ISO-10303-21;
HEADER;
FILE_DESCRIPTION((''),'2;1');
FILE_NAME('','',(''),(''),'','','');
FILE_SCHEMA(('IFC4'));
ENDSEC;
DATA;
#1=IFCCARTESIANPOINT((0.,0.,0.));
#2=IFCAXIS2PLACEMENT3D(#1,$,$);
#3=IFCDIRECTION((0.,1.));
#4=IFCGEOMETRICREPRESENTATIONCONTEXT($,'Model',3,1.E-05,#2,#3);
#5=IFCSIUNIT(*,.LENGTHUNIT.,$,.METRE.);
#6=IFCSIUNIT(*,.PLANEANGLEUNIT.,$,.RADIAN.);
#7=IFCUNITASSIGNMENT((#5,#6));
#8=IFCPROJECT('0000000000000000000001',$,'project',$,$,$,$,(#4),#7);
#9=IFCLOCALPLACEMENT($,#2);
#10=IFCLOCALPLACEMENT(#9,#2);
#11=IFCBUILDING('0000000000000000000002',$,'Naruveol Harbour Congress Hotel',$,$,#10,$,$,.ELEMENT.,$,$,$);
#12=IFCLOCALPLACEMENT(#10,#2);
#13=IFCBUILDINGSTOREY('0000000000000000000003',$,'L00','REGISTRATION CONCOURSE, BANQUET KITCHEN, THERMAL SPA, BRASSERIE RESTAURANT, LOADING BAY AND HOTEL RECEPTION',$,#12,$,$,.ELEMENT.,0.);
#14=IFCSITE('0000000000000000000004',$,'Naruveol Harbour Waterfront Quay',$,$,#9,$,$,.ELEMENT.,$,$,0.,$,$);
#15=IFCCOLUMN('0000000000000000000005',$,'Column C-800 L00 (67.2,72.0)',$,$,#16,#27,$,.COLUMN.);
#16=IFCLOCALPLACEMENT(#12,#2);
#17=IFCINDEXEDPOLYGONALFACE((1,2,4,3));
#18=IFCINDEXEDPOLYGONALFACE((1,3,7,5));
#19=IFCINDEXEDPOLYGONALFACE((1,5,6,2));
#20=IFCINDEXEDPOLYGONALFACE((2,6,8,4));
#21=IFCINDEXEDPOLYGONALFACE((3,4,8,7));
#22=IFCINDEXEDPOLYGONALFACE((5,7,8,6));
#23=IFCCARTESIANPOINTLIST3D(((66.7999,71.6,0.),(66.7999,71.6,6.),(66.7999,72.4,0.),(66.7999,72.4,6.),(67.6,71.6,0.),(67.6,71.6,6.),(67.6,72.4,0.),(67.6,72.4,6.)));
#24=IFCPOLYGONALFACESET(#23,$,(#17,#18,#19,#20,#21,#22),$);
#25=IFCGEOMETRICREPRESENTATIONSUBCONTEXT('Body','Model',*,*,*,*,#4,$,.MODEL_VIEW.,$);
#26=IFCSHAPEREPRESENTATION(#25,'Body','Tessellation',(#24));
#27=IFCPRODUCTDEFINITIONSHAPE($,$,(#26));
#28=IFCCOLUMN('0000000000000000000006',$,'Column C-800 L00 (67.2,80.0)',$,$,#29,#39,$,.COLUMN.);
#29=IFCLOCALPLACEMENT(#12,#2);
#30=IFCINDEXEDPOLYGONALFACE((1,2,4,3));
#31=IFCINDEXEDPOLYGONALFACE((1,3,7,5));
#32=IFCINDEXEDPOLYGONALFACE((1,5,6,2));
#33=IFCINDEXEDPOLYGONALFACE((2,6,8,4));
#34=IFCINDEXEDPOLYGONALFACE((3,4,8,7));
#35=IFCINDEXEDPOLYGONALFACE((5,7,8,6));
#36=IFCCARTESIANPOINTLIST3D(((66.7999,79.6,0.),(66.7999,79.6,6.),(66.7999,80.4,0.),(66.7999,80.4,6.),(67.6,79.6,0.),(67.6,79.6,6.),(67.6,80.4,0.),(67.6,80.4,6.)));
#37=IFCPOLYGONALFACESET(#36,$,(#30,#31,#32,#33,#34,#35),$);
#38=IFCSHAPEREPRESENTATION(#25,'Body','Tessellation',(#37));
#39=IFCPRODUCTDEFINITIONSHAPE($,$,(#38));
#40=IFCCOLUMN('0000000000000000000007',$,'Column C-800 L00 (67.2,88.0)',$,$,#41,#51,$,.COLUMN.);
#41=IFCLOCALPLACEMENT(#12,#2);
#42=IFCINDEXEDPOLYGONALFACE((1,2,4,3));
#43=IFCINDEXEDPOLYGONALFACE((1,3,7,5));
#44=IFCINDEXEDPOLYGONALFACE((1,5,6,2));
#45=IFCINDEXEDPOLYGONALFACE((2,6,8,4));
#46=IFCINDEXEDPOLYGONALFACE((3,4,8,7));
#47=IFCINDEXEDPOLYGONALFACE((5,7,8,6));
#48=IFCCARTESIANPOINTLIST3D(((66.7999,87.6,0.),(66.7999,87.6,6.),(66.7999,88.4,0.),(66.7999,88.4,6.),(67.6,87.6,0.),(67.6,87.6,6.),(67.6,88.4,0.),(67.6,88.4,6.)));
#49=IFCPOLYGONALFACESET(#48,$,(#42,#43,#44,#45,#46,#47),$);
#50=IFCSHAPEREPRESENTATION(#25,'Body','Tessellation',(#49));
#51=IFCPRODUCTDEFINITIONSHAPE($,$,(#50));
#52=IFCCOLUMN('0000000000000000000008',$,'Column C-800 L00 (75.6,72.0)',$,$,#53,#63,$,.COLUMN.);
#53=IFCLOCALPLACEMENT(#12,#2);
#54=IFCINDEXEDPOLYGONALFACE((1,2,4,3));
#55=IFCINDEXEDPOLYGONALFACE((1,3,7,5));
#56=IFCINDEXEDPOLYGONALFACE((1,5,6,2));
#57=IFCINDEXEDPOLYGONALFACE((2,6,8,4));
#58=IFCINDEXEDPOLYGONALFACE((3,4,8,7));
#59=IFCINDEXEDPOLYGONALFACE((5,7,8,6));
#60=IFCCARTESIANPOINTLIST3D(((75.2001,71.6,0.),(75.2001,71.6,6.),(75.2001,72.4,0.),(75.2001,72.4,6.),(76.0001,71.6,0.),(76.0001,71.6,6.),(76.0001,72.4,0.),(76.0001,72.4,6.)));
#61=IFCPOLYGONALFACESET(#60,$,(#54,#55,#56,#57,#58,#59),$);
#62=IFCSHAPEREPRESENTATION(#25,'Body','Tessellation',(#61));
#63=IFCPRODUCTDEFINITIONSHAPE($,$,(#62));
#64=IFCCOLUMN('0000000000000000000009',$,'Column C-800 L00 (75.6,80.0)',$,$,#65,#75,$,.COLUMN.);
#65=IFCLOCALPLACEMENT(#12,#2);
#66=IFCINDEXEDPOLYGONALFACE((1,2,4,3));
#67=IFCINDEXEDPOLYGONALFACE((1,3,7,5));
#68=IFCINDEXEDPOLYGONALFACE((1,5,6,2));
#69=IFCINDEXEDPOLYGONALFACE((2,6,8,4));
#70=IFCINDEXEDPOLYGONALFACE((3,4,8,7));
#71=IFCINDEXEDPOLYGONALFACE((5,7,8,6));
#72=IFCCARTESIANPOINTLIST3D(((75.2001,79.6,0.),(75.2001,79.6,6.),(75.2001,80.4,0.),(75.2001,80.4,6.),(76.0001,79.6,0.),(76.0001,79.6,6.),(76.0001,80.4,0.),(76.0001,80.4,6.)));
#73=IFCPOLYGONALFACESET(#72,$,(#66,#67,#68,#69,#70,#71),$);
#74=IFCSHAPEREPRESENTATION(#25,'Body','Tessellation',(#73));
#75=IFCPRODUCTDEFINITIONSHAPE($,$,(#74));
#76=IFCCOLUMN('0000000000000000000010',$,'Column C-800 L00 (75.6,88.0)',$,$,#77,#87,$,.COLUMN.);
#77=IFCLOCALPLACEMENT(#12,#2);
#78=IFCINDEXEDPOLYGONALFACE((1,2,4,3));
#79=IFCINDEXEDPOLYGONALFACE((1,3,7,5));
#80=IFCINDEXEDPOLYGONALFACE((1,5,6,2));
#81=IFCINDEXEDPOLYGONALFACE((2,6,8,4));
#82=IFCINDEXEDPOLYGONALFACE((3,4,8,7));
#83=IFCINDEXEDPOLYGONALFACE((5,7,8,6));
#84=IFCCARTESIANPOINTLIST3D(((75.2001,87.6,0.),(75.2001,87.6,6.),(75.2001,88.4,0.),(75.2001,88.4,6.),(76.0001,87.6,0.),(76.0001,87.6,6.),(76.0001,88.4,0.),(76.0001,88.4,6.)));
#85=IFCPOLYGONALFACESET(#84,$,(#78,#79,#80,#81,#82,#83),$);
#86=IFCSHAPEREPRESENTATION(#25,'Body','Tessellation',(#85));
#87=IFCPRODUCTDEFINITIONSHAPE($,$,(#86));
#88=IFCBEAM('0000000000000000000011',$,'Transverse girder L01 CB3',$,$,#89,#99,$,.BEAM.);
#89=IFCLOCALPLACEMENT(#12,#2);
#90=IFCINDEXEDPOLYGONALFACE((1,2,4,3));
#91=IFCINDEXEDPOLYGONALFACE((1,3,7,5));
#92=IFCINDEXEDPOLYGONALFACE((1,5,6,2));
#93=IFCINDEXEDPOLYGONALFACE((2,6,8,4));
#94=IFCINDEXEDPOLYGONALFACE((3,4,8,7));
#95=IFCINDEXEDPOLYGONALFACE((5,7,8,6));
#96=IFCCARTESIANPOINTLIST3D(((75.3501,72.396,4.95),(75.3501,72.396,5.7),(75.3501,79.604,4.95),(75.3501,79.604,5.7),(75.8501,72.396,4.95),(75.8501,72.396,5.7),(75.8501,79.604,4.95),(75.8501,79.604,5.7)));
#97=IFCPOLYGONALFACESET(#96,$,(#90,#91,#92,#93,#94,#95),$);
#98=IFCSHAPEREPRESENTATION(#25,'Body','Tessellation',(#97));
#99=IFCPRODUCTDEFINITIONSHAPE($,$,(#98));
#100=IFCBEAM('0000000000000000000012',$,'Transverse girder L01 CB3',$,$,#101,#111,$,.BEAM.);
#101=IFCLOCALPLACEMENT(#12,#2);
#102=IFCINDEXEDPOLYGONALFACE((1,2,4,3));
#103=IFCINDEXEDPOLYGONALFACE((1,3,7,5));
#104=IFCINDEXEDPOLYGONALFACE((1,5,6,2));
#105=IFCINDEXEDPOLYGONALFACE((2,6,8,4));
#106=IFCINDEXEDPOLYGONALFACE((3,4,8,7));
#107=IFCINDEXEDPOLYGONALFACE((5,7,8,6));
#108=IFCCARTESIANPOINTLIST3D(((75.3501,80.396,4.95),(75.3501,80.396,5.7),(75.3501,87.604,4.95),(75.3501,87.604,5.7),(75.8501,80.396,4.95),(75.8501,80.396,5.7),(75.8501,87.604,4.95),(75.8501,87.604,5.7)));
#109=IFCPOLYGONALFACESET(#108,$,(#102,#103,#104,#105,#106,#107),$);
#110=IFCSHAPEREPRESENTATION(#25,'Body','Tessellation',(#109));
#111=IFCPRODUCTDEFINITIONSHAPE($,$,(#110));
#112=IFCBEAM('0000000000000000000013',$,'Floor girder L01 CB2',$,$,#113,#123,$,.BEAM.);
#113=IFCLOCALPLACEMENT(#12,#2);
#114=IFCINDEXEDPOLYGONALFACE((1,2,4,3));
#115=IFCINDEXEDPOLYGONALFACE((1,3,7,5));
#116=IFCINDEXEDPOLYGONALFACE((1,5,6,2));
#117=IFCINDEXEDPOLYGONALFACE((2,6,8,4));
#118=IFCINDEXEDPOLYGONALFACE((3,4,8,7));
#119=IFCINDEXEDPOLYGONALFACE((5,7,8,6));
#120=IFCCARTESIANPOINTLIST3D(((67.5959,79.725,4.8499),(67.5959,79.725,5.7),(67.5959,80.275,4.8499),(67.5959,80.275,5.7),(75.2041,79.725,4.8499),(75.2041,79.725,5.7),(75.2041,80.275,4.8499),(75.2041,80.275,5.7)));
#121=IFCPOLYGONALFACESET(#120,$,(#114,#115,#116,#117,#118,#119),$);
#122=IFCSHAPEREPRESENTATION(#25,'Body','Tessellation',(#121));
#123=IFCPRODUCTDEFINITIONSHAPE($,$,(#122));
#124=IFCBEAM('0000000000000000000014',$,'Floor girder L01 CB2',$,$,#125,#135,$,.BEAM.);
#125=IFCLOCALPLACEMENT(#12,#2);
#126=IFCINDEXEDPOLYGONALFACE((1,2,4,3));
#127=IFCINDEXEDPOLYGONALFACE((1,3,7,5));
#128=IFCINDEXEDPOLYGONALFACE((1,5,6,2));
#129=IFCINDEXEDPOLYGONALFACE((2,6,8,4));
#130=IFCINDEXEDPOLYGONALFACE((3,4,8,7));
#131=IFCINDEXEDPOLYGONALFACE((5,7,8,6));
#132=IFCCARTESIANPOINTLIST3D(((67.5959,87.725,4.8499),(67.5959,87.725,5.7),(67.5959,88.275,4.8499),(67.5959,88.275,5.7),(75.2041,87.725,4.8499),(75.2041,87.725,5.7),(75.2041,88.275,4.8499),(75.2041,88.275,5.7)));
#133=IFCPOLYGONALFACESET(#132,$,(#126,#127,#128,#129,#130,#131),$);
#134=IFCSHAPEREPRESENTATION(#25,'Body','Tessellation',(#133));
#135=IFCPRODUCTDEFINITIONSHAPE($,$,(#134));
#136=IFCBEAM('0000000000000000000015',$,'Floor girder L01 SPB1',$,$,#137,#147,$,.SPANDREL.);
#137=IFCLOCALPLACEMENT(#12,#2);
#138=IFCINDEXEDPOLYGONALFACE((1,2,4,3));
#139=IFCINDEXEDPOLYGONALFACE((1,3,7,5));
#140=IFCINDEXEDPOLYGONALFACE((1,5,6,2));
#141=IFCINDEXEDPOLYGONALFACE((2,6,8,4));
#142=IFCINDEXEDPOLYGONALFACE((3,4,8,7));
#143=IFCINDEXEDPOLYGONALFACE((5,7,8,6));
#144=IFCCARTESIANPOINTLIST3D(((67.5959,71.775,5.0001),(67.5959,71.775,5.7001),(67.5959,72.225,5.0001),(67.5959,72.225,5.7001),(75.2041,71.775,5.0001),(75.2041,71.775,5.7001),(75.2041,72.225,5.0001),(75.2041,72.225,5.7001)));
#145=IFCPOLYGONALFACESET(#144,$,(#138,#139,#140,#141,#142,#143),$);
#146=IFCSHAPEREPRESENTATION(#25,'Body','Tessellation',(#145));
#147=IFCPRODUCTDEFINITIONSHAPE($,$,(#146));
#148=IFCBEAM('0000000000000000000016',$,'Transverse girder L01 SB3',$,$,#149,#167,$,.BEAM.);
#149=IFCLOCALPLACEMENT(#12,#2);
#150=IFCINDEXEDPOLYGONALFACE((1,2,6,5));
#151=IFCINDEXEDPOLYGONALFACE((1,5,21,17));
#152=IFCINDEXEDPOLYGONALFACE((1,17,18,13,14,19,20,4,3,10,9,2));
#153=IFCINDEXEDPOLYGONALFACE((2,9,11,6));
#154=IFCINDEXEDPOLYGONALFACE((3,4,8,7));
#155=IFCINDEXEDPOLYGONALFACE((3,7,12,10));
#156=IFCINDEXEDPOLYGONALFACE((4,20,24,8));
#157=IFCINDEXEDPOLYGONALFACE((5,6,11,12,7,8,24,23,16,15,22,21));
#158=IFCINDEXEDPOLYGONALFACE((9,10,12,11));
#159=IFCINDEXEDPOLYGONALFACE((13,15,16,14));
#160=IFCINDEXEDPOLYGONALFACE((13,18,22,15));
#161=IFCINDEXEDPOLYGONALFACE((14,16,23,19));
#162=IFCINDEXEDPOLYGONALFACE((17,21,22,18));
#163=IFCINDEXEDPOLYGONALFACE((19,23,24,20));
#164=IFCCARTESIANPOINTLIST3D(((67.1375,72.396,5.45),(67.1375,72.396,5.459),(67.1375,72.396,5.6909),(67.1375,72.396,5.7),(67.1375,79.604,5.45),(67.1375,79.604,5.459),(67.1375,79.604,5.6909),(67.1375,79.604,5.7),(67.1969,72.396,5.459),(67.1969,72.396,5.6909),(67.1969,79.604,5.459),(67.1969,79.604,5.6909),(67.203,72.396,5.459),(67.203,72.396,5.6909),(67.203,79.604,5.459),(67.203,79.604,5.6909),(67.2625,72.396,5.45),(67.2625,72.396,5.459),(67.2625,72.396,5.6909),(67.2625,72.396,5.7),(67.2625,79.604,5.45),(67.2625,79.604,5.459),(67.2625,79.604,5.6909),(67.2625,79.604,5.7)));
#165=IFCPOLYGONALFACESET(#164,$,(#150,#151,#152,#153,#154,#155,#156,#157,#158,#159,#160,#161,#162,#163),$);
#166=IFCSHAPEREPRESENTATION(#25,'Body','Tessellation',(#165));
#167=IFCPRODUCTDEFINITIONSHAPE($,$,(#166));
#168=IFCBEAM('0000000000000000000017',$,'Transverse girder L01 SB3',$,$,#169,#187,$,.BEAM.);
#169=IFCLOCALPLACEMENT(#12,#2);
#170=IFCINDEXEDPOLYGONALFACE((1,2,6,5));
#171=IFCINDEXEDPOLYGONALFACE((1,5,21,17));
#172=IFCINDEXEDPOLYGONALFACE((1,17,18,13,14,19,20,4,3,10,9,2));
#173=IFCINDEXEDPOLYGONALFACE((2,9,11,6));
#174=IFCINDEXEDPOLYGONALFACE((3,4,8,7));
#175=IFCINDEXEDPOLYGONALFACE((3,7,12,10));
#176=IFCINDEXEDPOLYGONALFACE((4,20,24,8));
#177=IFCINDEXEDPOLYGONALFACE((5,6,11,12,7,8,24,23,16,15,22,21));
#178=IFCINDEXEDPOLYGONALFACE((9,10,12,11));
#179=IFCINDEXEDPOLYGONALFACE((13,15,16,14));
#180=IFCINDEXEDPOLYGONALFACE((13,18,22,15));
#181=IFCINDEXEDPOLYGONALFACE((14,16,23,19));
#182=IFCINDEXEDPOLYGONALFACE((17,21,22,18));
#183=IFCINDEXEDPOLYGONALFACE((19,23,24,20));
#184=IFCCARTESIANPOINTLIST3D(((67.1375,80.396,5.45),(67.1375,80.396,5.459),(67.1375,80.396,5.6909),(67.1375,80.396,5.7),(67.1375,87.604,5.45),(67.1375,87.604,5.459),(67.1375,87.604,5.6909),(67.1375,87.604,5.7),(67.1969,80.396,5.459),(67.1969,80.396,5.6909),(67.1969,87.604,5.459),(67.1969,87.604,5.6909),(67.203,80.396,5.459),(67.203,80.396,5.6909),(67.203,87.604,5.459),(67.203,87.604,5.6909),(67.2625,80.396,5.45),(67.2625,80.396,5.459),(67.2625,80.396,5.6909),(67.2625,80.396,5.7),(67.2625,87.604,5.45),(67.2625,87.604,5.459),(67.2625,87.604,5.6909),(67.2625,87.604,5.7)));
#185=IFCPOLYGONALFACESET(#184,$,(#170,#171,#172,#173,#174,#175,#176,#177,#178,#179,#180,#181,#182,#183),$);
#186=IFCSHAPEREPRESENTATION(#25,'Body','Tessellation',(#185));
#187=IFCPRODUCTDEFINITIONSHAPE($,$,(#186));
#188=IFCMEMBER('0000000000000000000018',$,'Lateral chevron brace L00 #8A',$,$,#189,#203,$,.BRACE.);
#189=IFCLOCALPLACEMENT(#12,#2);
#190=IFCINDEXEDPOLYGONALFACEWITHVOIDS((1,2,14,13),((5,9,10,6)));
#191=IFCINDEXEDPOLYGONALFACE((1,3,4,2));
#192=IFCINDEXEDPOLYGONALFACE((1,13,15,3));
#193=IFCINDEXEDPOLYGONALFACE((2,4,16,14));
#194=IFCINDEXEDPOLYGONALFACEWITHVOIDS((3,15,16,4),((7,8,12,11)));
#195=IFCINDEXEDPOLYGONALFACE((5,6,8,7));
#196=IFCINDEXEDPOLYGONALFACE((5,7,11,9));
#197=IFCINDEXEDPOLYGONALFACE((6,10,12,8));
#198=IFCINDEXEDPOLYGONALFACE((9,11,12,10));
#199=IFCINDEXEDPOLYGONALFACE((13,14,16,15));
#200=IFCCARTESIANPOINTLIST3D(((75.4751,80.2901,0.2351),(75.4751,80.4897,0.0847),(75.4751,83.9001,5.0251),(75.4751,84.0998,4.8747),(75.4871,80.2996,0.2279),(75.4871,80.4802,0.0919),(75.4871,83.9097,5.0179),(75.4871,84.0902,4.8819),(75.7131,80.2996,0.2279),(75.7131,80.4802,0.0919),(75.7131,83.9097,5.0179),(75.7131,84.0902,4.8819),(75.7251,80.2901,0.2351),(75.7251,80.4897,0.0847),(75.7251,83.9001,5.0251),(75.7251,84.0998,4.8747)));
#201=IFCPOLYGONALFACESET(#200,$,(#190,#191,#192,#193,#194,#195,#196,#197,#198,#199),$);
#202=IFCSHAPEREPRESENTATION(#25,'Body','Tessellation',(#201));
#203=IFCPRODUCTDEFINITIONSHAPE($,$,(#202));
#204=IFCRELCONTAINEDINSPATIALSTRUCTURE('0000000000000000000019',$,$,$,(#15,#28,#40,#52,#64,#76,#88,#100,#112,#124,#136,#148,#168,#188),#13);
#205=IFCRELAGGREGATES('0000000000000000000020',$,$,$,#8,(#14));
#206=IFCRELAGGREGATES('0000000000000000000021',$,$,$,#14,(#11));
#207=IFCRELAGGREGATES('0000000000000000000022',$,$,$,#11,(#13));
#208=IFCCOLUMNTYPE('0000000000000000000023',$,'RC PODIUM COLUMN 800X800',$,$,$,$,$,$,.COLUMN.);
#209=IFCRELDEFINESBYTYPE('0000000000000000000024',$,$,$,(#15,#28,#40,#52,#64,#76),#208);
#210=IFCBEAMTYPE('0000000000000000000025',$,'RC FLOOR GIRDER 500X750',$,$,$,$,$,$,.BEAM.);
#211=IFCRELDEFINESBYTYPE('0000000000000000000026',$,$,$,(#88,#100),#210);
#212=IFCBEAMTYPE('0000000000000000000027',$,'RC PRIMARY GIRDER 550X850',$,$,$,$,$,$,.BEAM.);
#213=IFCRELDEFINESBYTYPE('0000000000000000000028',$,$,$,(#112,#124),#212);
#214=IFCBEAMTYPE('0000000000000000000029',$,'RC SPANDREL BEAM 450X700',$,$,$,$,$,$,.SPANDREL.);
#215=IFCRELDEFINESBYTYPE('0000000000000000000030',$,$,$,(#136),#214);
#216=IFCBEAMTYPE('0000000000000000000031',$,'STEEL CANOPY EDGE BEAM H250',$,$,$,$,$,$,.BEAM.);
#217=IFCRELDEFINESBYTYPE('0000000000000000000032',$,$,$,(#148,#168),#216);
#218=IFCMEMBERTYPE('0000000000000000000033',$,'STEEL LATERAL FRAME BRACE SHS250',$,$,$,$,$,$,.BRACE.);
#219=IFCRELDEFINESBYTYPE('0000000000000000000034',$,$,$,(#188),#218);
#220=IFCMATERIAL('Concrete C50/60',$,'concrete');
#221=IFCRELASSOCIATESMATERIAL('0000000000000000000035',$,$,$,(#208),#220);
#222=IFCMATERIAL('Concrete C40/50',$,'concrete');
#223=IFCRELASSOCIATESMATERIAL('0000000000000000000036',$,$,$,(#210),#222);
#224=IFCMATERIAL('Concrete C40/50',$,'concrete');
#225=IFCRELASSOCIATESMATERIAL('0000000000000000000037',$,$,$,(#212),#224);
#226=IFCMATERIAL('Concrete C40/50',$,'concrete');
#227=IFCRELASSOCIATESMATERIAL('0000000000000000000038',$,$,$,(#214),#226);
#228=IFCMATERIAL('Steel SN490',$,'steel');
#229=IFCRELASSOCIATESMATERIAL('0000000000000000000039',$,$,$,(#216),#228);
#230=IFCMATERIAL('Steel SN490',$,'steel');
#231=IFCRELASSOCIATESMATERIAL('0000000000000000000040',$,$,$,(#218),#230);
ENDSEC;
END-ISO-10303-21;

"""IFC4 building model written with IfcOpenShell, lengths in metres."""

from ifc_helpers import new_model, si_unit, direction, frame, origin, origin_2d, place, context, subcontext, project, spatial, rectangle, hollow_rectangle, i_section, extrude, material, material_profile, profile_set, type_object, element, save


model = new_model("IFC4")

# Units and contexts
model_context = context("Model", 3, precision=1e-05, world=origin(), true_north=direction((0.0, 1.0)))
body_context = subcontext(model_context, "Body", "Model", "MODEL_VIEW")
ifc_project = project(units=[si_unit("LENGTHUNIT", "METRE"), si_unit("PLANEANGLEUNIT", "RADIAN")], contexts=[model_context])

# Site, building, storey
site_placement = place(None, origin())
site = spatial("IfcSite", under=ifc_project, at=site_placement, Name="Naruveol Harbour Waterfront Quay", CompositionType="ELEMENT", RefElevation=0.0)
building_placement = place(site_placement, origin())
building = spatial("IfcBuilding", under=site, at=building_placement, Name="Naruveol Harbour Congress Hotel", CompositionType="ELEMENT")
storey_placement = place(building_placement, origin())
storey = spatial("IfcBuildingStorey", under=building, at=storey_placement, Name="L00", Description="REGISTRATION CONCOURSE, BANQUET KITCHEN, THERMAL SPA, BRASSERIE RESTAURANT, LOADING BAY AND HOTEL RECEPTION", CompositionType="ELEMENT", Elevation=0.0)

# Columns
ifc_material_1 = material(Name="Concrete C50/60", Category="concrete")
ifc_material_profile_1 = material_profile(ifc_material_1, rectangle(XDim=0.8, YDim=0.8, at=origin_2d()), Name="RC-800x800")
ifc_profile_set_1 = profile_set([ifc_material_profile_1], Name="Concrete C50/60")
column_type = type_object("IfcColumnType", Name="RC PODIUM COLUMN 800X800", PredefinedType="COLUMN", material=ifc_profile_set_1)
for number, where, z_axis, x_axis, name in (
    (1, (67.2, 72.0, 0.0), (0.0, 0.0, 1.0), (1.0, 0.0, 0.0), "Column C-800 L00 (67.2,72.0)"),
    (2, (67.2, 80.0, 0.0), (0.0, 0.0, 1.0), (1.0, 0.0, 0.0), "Column C-800 L00 (67.2,80.0)"),
    (3, (67.2, 88.0, 0.0), (0.0, 0.0, 1.0), (1.0, 0.0, 0.0), "Column C-800 L00 (67.2,88.0)"),
    (4, (75.6001, 72.0, 0.0), (0.0, 0.0, 1.0), (1.0, 0.0, 0.0), "Column C-800 L00 (75.6,72.0)"),
    (5, (75.6001, 80.0, 0.0), (0.0, 0.0, 1.0), (1.0, 0.0, 0.0), "Column C-800 L00 (75.6,80.0)"),
    (6, (75.6001, 88.0, 0.0), (0.0, 0.0, 1.0), (1.0, 0.0, 0.0), "Column C-800 L00 (75.6,88.0)"),
):
    element("IfcColumn", number, at=place(storey_placement, frame(where, z_axis=z_axis, x_axis=x_axis)), inside=storey, type_object=column_type, Name=name, PredefinedType="COLUMN", context=body_context, shape_type="SweptSolid", body=[
        extrude(rectangle(XDim=0.8, YDim=0.8, at=origin_2d()), origin(), (0.0, 0.0, 1.0), 6.0),
    ])

# Beams
ifc_material_2 = material(Name="Concrete C40/50", Category="concrete")
ifc_material_profile_2 = material_profile(ifc_material_2, rectangle(XDim=0.5, YDim=0.75, at=origin_2d()), Name="RCB-500x750")
ifc_profile_set_2 = profile_set([ifc_material_profile_2], Name="Concrete C40/50")
beam_type_1 = type_object("IfcBeamType", Name="RC FLOOR GIRDER 500X750", PredefinedType="BEAM", material=ifc_profile_set_2)
for number, where, z_axis, x_axis, name in (
    (7, (75.6001, 72.396, 5.325), (0.0, 1.0, 0.0), (-1.0, 0.0, 0.0), "Transverse girder L01 CB3"),
    (8, (75.6001, 80.396, 5.325), (0.0, 1.0, 0.0), (-1.0, 0.0, 0.0), "Transverse girder L01 CB3"),
):
    element("IfcBeam", number, at=place(storey_placement, frame(where, z_axis=z_axis, x_axis=x_axis)), inside=storey, type_object=beam_type_1, Name=name, PredefinedType="BEAM", context=body_context, shape_type="SweptSolid", body=[
        extrude(rectangle(XDim=0.5, YDim=0.75, at=origin_2d()), origin(), (0.0, 0.0, 1.0), 7.208),
    ])
ifc_material_3 = material(Name="Concrete C40/50", Category="concrete")
ifc_material_profile_3 = material_profile(ifc_material_3, rectangle(XDim=0.55, YDim=0.8501, at=origin_2d()), Name="RCB-550x850")
ifc_profile_set_3 = profile_set([ifc_material_profile_3], Name="Concrete C40/50")
beam_type_2 = type_object("IfcBeamType", Name="RC PRIMARY GIRDER 550X850", PredefinedType="BEAM", material=ifc_profile_set_3)
for number, where, z_axis, x_axis, name in (
    (9, (67.5959, 80.0, 5.2749), (1.0, 0.0, 0.0), (0.0, 1.0, 0.0), "Floor girder L01 CB2"),
    (10, (67.5959, 88.0, 5.2749), (1.0, 0.0, 0.0), (0.0, 1.0, 0.0), "Floor girder L01 CB2"),
):
    element("IfcBeam", number, at=place(storey_placement, frame(where, z_axis=z_axis, x_axis=x_axis)), inside=storey, type_object=beam_type_2, Name=name, PredefinedType="BEAM", context=body_context, shape_type="SweptSolid", body=[
        extrude(rectangle(XDim=0.55, YDim=0.8501, at=origin_2d()), origin(), (0.0, 0.0, 1.0), 7.6082),
    ])
ifc_material_4 = material(Name="Concrete C40/50", Category="concrete")
ifc_material_profile_4 = material_profile(ifc_material_4, rectangle(XDim=0.45, YDim=0.7, at=origin_2d()), Name="RCB-450x700")
ifc_profile_set_4 = profile_set([ifc_material_profile_4], Name="Concrete C40/50")
beam_type_3 = type_object("IfcBeamType", Name="RC SPANDREL BEAM 450X700", PredefinedType="SPANDREL", material=ifc_profile_set_4)
beam_1_placement = place(storey_placement, frame((67.5959, 72.0, 5.3501), z_axis=(1.0, 0.0, 0.0), x_axis=(0.0, 1.0, 0.0)))
element("IfcBeam", 11, at=beam_1_placement, inside=storey, type_object=beam_type_3, Name="Floor girder L01 SPB1", PredefinedType="SPANDREL", context=body_context, shape_type="SweptSolid", body=[
    extrude(rectangle(XDim=0.45, YDim=0.7, at=origin_2d()), origin(), (0.0, 0.0, 1.0), 7.6082),
])
ifc_material_5 = material(Name="Steel SN490", Category="steel")
ifc_material_profile_5 = material_profile(ifc_material_5, i_section(OverallWidth=0.125, OverallDepth=0.25, WebThickness=0.0061, FlangeThickness=0.009, at=origin_2d()), Name="H-250x125x6x9")
ifc_profile_set_5 = profile_set([ifc_material_profile_5], Name="Steel SN490")
beam_type_4 = type_object("IfcBeamType", Name="STEEL CANOPY EDGE BEAM H250", PredefinedType="BEAM", material=ifc_profile_set_5)
for number, where, z_axis, x_axis, name in (
    (12, (67.2, 72.396, 5.575), (0.0, 1.0, 0.0), (-1.0, 0.0, 0.0), "Transverse girder L01 SB3"),
    (13, (67.2, 80.396, 5.575), (0.0, 1.0, 0.0), (-1.0, 0.0, 0.0), "Transverse girder L01 SB3"),
):
    element("IfcBeam", number, at=place(storey_placement, frame(where, z_axis=z_axis, x_axis=x_axis)), inside=storey, type_object=beam_type_4, Name=name, PredefinedType="BEAM", context=body_context, shape_type="SweptSolid", body=[
        extrude(i_section(OverallWidth=0.125, OverallDepth=0.25, WebThickness=0.0061, FlangeThickness=0.009, at=origin_2d()), origin(), (0.0, 0.0, 1.0), 7.208),
    ])

# Member
ifc_material_6 = material(Name="Steel SN490", Category="steel")
ifc_material_profile_6 = material_profile(ifc_material_6, hollow_rectangle(XDim=0.25, YDim=0.25, WallThickness=0.012, at=origin_2d()), Name="SHS-250x250x12")
ifc_profile_set_6 = profile_set([ifc_material_profile_6], Name="Steel SN490")
member_type_1 = type_object("IfcMemberType", Name="STEEL LATERAL FRAME BRACE SHS250", PredefinedType="BRACE", material=ifc_profile_set_6)
member_1_placement = place(storey_placement, frame((75.6001, 80.3899, 0.1599), z_axis=(0.0, 0.601874, 0.798591), x_axis=(-1.0, 0.0, 0.0)))
element("IfcMember", 14, at=member_1_placement, inside=storey, type_object=member_type_1, Name="Lateral chevron brace L00 #8A", PredefinedType="BRACE", context=body_context, shape_type="SweptSolid", body=[
    extrude(hollow_rectangle(XDim=0.25, YDim=0.25, WallThickness=0.012, at=origin_2d()), origin(), (0.0, 0.0, 1.0), 5.998),
])

save(model, "model.ifc")
